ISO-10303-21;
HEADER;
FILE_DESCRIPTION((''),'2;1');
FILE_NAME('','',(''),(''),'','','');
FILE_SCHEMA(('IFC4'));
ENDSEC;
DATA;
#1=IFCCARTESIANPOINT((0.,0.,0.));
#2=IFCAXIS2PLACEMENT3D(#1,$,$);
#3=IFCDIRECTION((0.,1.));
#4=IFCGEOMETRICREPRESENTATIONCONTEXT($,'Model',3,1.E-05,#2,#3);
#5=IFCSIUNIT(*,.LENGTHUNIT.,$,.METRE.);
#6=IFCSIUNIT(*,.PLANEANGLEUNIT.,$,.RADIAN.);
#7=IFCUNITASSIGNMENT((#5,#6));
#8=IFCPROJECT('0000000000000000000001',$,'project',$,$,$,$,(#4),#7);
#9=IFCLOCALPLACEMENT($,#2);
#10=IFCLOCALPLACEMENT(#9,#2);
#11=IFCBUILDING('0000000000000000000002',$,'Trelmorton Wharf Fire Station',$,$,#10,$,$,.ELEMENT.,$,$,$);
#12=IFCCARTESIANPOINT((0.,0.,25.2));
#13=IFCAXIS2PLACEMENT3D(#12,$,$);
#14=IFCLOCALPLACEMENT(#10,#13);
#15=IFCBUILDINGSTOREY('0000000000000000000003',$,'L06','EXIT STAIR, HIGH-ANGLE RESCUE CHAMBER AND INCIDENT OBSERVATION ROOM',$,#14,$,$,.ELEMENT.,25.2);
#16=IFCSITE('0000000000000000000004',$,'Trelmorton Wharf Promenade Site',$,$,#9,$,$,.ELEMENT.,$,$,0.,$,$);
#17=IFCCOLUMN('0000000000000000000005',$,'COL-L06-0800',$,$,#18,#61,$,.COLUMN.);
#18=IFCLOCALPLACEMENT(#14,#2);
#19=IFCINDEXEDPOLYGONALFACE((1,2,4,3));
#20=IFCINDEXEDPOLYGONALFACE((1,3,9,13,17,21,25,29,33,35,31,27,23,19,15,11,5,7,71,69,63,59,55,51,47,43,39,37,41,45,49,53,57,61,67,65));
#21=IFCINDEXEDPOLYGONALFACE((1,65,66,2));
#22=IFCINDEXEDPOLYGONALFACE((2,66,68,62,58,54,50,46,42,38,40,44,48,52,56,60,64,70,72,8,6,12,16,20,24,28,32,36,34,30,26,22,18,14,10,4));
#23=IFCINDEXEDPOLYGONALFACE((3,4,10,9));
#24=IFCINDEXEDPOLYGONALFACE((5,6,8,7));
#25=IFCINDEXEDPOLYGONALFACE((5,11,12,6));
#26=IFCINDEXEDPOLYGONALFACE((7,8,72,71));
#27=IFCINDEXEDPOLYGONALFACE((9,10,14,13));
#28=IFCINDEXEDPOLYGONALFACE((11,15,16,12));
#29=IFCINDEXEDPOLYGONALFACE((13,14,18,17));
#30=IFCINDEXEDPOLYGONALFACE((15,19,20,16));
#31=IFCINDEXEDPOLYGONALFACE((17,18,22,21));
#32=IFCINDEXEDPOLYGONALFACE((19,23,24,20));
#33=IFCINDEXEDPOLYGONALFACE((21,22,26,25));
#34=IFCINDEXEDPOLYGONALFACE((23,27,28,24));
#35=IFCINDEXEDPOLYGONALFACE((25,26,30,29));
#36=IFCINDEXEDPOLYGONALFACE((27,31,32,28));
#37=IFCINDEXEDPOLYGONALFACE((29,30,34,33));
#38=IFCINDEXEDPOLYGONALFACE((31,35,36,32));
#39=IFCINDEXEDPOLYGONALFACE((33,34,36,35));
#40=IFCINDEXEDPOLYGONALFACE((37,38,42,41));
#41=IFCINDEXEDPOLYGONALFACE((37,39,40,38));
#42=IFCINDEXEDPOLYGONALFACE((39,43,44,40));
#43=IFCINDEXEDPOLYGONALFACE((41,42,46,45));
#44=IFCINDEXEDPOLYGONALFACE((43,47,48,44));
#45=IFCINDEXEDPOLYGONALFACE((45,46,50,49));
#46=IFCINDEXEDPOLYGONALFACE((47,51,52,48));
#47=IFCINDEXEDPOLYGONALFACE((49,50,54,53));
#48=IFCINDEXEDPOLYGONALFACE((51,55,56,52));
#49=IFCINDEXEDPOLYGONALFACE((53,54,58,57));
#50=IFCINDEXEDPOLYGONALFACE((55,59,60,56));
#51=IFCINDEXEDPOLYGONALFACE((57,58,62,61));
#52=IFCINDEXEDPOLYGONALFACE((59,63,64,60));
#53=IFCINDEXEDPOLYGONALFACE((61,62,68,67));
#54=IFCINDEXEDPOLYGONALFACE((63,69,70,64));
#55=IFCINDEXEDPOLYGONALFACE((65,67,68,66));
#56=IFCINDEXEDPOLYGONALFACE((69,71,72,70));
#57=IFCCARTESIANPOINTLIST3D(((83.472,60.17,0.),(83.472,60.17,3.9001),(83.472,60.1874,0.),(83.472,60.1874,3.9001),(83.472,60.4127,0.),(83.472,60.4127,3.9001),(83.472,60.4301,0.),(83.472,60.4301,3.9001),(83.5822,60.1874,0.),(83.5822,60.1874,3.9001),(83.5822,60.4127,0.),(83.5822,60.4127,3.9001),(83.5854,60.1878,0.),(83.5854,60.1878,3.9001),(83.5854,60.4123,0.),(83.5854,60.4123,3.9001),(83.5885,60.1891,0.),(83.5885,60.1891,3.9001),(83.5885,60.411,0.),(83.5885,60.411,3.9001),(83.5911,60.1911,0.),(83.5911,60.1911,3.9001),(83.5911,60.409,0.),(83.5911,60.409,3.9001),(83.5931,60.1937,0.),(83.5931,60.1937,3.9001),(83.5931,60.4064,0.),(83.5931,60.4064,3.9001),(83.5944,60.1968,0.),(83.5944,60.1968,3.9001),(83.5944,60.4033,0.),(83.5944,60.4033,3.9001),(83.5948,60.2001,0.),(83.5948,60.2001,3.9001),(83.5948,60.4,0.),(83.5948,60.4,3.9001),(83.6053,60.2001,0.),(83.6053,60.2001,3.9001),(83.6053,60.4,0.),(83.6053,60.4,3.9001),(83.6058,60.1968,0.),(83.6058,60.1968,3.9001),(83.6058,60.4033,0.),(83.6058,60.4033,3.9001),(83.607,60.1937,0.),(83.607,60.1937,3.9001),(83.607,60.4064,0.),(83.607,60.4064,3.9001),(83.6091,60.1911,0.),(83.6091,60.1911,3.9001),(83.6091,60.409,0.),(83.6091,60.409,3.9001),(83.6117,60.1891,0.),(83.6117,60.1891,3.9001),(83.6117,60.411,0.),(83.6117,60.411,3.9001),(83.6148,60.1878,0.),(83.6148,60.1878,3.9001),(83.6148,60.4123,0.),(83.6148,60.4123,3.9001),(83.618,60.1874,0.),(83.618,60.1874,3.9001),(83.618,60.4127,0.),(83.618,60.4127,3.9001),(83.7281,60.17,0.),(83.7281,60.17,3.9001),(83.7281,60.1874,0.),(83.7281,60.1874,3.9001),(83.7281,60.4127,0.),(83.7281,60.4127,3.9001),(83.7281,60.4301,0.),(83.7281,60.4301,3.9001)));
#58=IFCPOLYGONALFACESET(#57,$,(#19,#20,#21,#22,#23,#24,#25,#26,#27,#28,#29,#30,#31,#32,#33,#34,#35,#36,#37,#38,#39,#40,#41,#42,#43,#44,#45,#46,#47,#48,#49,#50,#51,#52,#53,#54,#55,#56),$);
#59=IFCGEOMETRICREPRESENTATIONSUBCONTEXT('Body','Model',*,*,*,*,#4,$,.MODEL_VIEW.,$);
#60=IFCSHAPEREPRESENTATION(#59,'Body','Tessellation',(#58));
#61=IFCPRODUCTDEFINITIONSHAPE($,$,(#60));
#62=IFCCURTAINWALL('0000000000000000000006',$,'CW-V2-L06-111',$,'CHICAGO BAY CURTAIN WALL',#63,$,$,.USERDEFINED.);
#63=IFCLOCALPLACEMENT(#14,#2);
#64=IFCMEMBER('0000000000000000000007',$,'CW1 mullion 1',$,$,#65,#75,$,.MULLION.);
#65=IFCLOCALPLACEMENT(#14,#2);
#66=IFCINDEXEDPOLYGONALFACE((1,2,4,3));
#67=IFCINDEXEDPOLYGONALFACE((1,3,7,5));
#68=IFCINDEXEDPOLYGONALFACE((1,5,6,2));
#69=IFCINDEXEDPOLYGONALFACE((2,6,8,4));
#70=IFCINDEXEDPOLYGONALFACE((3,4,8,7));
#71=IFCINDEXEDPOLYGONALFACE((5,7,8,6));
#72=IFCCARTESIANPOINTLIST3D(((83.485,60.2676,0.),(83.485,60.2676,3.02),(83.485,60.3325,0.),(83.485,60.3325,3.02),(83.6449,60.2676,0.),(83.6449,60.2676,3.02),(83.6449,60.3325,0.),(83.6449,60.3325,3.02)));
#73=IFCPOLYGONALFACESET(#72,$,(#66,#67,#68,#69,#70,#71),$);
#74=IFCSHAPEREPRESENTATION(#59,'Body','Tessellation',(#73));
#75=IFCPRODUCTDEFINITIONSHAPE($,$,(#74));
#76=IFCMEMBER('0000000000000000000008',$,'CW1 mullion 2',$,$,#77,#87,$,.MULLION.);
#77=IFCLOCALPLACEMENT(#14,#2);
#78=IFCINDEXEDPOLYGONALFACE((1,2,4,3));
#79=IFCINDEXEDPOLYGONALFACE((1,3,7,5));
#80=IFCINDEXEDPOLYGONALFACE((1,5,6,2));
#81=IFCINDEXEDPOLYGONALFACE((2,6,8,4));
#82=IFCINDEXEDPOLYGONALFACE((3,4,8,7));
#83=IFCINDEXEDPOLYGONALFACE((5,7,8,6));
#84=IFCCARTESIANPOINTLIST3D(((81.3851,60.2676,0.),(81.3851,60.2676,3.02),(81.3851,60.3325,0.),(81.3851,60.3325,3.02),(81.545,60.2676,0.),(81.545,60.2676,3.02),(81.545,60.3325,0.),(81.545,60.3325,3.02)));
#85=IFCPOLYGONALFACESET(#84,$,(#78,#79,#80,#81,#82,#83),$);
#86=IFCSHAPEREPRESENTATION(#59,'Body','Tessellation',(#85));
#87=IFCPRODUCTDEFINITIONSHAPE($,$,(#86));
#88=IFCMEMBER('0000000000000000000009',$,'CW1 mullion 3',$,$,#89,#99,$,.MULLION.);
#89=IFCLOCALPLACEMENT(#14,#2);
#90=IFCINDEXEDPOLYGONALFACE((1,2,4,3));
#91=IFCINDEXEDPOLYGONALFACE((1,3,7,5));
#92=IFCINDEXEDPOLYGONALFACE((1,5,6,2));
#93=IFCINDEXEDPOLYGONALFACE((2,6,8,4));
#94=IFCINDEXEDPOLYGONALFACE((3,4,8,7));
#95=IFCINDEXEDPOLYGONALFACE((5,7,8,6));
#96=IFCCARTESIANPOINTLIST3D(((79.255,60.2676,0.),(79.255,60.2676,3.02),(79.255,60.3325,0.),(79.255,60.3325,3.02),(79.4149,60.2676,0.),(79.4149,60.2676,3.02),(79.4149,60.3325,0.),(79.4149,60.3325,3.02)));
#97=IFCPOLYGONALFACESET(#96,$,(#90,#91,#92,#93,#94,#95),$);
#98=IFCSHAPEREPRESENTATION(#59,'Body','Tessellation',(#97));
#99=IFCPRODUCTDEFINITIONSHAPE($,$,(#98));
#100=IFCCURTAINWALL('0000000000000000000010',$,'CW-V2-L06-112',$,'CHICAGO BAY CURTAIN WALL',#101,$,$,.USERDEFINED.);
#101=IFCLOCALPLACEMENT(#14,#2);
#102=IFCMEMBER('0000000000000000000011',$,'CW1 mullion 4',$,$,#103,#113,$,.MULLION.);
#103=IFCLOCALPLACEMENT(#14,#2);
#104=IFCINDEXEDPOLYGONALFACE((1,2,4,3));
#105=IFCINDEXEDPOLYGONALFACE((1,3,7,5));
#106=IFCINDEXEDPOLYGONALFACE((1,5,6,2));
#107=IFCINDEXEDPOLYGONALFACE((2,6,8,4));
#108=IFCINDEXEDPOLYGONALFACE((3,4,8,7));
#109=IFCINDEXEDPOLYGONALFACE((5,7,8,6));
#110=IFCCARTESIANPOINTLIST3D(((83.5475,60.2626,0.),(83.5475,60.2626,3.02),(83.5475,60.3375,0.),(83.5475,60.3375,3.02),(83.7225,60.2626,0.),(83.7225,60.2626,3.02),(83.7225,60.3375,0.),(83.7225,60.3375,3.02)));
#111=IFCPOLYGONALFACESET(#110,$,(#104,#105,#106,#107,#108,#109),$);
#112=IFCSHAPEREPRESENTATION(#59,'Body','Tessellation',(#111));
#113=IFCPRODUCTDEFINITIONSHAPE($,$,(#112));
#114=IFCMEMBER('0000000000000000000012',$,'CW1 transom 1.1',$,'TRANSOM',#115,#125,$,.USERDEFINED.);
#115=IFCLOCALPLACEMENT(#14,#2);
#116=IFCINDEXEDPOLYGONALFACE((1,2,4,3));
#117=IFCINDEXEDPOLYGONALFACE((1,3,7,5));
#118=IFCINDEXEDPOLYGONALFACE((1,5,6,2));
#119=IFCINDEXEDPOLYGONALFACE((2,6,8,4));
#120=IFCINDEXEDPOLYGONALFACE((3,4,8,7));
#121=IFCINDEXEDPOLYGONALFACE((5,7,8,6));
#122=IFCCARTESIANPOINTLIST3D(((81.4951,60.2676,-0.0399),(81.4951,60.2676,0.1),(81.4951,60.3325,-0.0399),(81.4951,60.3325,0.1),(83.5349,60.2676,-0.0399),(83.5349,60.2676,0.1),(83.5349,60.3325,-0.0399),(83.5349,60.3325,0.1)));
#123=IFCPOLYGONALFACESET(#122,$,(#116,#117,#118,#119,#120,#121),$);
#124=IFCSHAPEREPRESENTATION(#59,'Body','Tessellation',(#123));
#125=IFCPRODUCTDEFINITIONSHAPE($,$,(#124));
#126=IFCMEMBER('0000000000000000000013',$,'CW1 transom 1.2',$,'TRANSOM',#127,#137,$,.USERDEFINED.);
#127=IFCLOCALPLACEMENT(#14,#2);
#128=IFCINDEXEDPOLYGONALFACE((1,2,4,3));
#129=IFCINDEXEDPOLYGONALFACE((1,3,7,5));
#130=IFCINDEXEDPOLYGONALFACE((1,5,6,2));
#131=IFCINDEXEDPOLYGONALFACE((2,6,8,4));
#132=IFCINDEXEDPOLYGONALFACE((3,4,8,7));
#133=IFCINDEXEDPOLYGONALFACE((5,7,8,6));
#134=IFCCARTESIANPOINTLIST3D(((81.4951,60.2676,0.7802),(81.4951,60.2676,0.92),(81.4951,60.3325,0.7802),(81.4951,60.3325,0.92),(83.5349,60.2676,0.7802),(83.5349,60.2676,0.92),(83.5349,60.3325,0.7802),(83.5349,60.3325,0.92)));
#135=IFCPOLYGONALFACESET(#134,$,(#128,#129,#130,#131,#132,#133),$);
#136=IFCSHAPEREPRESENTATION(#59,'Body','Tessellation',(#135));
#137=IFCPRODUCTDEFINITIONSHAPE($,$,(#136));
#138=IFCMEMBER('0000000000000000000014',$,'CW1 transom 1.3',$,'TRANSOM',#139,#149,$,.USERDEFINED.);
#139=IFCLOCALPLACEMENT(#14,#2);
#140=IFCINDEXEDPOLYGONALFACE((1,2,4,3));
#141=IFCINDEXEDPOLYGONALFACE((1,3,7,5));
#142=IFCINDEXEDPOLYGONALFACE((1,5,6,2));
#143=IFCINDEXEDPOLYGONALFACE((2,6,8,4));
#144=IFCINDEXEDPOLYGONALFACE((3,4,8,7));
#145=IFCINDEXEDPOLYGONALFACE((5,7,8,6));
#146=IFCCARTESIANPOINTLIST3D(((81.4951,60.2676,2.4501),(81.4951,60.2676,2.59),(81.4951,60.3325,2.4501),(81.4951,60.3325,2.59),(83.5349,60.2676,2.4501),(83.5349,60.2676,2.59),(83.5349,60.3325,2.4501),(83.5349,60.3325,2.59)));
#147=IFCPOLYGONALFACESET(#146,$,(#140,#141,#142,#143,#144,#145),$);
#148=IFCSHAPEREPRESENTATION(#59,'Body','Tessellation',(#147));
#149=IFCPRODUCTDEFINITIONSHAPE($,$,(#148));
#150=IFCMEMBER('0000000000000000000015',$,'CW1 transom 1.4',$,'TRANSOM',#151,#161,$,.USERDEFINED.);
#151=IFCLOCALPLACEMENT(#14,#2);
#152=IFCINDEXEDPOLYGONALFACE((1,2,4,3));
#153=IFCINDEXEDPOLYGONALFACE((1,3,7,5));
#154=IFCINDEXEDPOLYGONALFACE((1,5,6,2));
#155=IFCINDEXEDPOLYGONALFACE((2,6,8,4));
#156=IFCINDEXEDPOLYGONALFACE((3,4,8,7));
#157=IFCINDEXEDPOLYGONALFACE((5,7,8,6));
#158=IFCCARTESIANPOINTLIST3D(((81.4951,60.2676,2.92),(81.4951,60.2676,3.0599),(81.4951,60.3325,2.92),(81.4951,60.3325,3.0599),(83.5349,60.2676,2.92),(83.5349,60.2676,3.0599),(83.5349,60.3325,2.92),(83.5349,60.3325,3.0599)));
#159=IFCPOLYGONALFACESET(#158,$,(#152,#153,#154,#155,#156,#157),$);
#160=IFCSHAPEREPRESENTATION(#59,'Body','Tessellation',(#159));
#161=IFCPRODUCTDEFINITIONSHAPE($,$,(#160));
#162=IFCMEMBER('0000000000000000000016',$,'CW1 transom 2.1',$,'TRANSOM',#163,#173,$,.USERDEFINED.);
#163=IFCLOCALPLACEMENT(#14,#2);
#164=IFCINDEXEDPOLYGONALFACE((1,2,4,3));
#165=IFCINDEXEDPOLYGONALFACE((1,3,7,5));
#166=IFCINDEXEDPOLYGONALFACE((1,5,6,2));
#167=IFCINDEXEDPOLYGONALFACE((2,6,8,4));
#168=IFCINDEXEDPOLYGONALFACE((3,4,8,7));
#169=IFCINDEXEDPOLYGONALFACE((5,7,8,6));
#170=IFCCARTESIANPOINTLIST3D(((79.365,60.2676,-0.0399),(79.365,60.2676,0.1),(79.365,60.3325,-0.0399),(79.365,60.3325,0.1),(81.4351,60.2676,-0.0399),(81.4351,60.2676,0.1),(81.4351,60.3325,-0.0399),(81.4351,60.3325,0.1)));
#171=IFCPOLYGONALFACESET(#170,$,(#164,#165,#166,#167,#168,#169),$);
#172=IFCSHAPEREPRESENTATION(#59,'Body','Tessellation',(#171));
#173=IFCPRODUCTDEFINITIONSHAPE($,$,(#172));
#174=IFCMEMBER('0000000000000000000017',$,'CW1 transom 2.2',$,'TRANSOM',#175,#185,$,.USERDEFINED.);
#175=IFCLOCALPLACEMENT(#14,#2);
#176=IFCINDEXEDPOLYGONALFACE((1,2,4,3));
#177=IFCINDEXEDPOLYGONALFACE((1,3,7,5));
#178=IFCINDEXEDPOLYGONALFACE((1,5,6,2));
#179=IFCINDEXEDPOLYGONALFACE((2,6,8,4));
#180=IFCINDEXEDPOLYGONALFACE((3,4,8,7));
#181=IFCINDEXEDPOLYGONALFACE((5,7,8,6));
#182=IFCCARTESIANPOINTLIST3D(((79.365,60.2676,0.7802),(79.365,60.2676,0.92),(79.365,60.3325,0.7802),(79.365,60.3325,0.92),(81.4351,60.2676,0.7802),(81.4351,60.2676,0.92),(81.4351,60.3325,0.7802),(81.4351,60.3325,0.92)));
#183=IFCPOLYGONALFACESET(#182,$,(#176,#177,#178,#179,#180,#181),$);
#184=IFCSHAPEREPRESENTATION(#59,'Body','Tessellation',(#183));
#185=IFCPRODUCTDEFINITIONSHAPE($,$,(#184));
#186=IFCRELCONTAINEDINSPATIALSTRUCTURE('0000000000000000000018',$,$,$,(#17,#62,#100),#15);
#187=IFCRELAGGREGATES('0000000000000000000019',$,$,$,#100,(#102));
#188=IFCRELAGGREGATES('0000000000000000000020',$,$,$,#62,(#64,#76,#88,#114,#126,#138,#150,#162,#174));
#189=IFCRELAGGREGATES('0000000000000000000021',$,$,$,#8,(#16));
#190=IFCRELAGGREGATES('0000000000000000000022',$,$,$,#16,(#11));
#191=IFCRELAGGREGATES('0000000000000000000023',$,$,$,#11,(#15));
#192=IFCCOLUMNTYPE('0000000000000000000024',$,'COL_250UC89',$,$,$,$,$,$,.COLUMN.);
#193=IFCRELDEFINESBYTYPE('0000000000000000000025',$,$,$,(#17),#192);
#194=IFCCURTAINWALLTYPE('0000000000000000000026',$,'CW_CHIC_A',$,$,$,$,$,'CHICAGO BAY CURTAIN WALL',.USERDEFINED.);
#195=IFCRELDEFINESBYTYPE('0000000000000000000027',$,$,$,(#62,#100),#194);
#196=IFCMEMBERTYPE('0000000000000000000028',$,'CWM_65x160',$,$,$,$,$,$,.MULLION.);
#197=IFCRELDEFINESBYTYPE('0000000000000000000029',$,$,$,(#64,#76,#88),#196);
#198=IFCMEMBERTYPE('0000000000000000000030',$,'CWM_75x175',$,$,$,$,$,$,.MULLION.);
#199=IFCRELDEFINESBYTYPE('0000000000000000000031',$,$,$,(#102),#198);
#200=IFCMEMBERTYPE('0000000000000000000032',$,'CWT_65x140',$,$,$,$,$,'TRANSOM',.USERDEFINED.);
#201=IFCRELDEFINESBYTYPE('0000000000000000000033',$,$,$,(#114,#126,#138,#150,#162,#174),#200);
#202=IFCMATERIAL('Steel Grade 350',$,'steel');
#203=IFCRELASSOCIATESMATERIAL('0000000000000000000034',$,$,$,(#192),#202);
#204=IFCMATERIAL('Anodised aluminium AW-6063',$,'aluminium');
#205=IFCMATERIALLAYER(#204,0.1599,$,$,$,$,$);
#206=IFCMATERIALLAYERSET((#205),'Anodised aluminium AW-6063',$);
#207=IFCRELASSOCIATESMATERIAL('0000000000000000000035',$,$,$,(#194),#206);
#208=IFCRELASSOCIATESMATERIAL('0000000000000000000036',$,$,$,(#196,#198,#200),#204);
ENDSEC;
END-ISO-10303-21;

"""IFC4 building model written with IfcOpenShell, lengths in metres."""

from ifc_helpers import new_model, si_unit, direction, frame, origin, origin_2d, place, context, subcontext, project, spatial, rectangle, i_section, extrude, material, layer, layer_set, material_profile, profile_set, type_object, element, aggregate, save


model = new_model("IFC4")

# Units and contexts
model_context = context("Model", 3, precision=1e-05, world=origin(), true_north=direction((0.0, 1.0)))
body_context = subcontext(model_context, "Body", "Model", "MODEL_VIEW")
ifc_project = project(units=[si_unit("LENGTHUNIT", "METRE"), si_unit("PLANEANGLEUNIT", "RADIAN")], contexts=[model_context])

# Site, building, storey
site_placement = place(None, origin())
site = spatial("IfcSite", under=ifc_project, at=site_placement, Name="Trelmorton Wharf Promenade Site", CompositionType="ELEMENT", RefElevation=0.0)
building_placement = place(site_placement, origin())
building = spatial("IfcBuilding", under=site, at=building_placement, Name="Trelmorton Wharf Fire Station", CompositionType="ELEMENT")
storey_placement = place(building_placement, frame((0.0, 0.0, 25.2)))
storey = spatial("IfcBuildingStorey", under=building, at=storey_placement, Name="L06", Description="EXIT STAIR, HIGH-ANGLE RESCUE CHAMBER AND INCIDENT OBSERVATION ROOM", CompositionType="ELEMENT", Elevation=25.2)

# Column
ifc_material_1 = material(Name="Steel Grade 350", Category="steel")
ifc_material_profile_1 = material_profile(ifc_material_1, i_section(OverallWidth=0.2561, OverallDepth=0.26, WebThickness=0.0105, FlangeThickness=0.0173, FilletRadius=0.0127, at=origin_2d()), Name="250UC89.5")
ifc_profile_set_1 = profile_set([ifc_material_profile_1], Name="Steel Grade 350")
column_type = type_object("IfcColumnType", Name="COL_250UC89", PredefinedType="COLUMN", material=ifc_profile_set_1)
column_placement = place(storey_placement, frame((83.6001, 60.3, 0.0), z_axis=(0.0, 0.0, 1.0), x_axis=(1.0, 0.0, 0.0)))
element("IfcColumn", 1, at=column_placement, inside=storey, type_object=column_type, Name="COL-L06-0800", PredefinedType="COLUMN", context=body_context, shape_type="SweptSolid", body=[
    extrude(i_section(OverallWidth=0.2561, OverallDepth=0.26, WebThickness=0.0105, FlangeThickness=0.0173, FilletRadius=0.0127, at=origin_2d()), origin(), (0.0, 0.0, 1.0), 3.9001),
])

# Curtain wall, members
ifc_material_2 = material(Name="Anodised aluminium AW-6063", Category="aluminium")
ifc_layer_1 = layer(ifc_material_2, 0.1599)
ifc_layer_set_1 = layer_set([ifc_layer_1], Name="Anodised aluminium AW-6063")
curtain_wall_type = type_object("IfcCurtainWallType", Name="CW_CHIC_A", ElementType="CHICAGO BAY CURTAIN WALL", PredefinedType="USERDEFINED", material=ifc_layer_set_1)
curtain_wall_1_placement = place(storey_placement, origin())
curtain_wall_1 = element("IfcCurtainWall", 2, at=curtain_wall_1_placement, inside=storey, type_object=curtain_wall_type, Name="CW-V2-L06-111", ObjectType="CHICAGO BAY CURTAIN WALL", PredefinedType="USERDEFINED")
ifc_material_profile_2 = material_profile(ifc_material_2, rectangle(XDim=0.0649, YDim=0.1599, at=origin_2d()), Name="ALU-65x160")
ifc_profile_set_2 = profile_set([ifc_material_profile_2], Name="Anodised aluminium AW-6063")
member_type_1 = type_object("IfcMemberType", Name="CWM_65x160", PredefinedType="MULLION", material=ifc_profile_set_2)
member_1_placement = place(storey_placement, frame((83.5649, 60.3, 0.0), z_axis=(0.0, 0.0, 1.0), x_axis=(0.0, -1.0, 0.0)))
member_1 = element("IfcMember", 3, at=member_1_placement, type_object=member_type_1, Name="CW1 mullion 1", PredefinedType="MULLION", context=body_context, shape_type="SweptSolid", body=[
    extrude(rectangle(XDim=0.0649, YDim=0.1599, at=origin_2d()), origin(), (0.0, 0.0, 1.0), 3.02),
])
member_2_placement = place(storey_placement, frame((81.4651, 60.3, 0.0), z_axis=(0.0, 0.0, 1.0), x_axis=(0.0, -1.0, 0.0)))
member_2 = element("IfcMember", 4, at=member_2_placement, type_object=member_type_1, Name="CW1 mullion 2", PredefinedType="MULLION", context=body_context, shape_type="SweptSolid", body=[
    extrude(rectangle(XDim=0.0649, YDim=0.1599, at=origin_2d()), origin(), (0.0, 0.0, 1.0), 3.02),
])
member_3_placement = place(storey_placement, frame((79.335, 60.3, 0.0), z_axis=(0.0, 0.0, 1.0), x_axis=(0.0, -1.0, 0.0)))
member_3 = element("IfcMember", 5, at=member_3_placement, type_object=member_type_1, Name="CW1 mullion 3", PredefinedType="MULLION", context=body_context, shape_type="SweptSolid", body=[
    extrude(rectangle(XDim=0.0649, YDim=0.1599, at=origin_2d()), origin(), (0.0, 0.0, 1.0), 3.02),
])

# Curtain wall, member
curtain_wall_2_placement = place(storey_placement, origin())
curtain_wall_2 = element("IfcCurtainWall", 6, at=curtain_wall_2_placement, inside=storey, type_object=curtain_wall_type, Name="CW-V2-L06-112", ObjectType="CHICAGO BAY CURTAIN WALL", PredefinedType="USERDEFINED")
ifc_material_profile_3 = material_profile(ifc_material_2, rectangle(XDim=0.075, YDim=0.175, at=origin_2d()), Name="ALU-75x175")
ifc_profile_set_3 = profile_set([ifc_material_profile_3], Name="Anodised aluminium AW-6063")
member_type_2 = type_object("IfcMemberType", Name="CWM_75x175", PredefinedType="MULLION", material=ifc_profile_set_3)
member_4_placement = place(storey_placement, frame((83.635, 60.3, 0.0), z_axis=(0.0, 0.0, 1.0), x_axis=(0.0, -1.0, 0.0)))
member_4 = element("IfcMember", 7, at=member_4_placement, type_object=member_type_2, Name="CW1 mullion 4", PredefinedType="MULLION", context=body_context, shape_type="SweptSolid", body=[
    extrude(rectangle(XDim=0.075, YDim=0.175, at=origin_2d()), origin(), (0.0, 0.0, 1.0), 3.02),
])
aggregate(curtain_wall_2, [member_4])

# Members
ifc_material_profile_4 = material_profile(ifc_material_2, rectangle(XDim=0.0649, YDim=0.1399, at=origin_2d()), Name="ALU-65x140")
ifc_profile_set_4 = profile_set([ifc_material_profile_4], Name="Anodised aluminium AW-6063")
member_type_3 = type_object("IfcMemberType", Name="CWT_65x140", ElementType="TRANSOM", PredefinedType="USERDEFINED", material=ifc_profile_set_4)
member_5_placement = place(storey_placement, frame((83.5349, 60.3, 0.03), z_axis=(-1.0, 0.0, 0.0), x_axis=(0.0, -1.0, 0.0)))
member_5 = element("IfcMember", 8, at=member_5_placement, type_object=member_type_3, Name="CW1 transom 1.1", ObjectType="TRANSOM", PredefinedType="USERDEFINED", context=body_context, shape_type="SweptSolid", body=[
    extrude(rectangle(XDim=0.0649, YDim=0.1399, at=origin_2d()), origin(), (0.0, 0.0, 1.0), 2.0398),
])
member_6_placement = place(storey_placement, frame((83.5349, 60.3, 0.8501), z_axis=(-1.0, 0.0, 0.0), x_axis=(0.0, -1.0, 0.0)))
member_6 = element("IfcMember", 9, at=member_6_placement, type_object=member_type_3, Name="CW1 transom 1.2", ObjectType="TRANSOM", PredefinedType="USERDEFINED", context=body_context, shape_type="SweptSolid", body=[
    extrude(rectangle(XDim=0.0649, YDim=0.1399, at=origin_2d()), origin(), (0.0, 0.0, 1.0), 2.0398),
])
member_7_placement = place(storey_placement, frame((83.5349, 60.3, 2.52), z_axis=(-1.0, 0.0, 0.0), x_axis=(0.0, -1.0, 0.0)))
member_7 = element("IfcMember", 10, at=member_7_placement, type_object=member_type_3, Name="CW1 transom 1.3", ObjectType="TRANSOM", PredefinedType="USERDEFINED", context=body_context, shape_type="SweptSolid", body=[
    extrude(rectangle(XDim=0.0649, YDim=0.1399, at=origin_2d()), origin(), (0.0, 0.0, 1.0), 2.0398),
])
member_8_placement = place(storey_placement, frame((83.5349, 60.3, 2.99), z_axis=(-1.0, 0.0, 0.0), x_axis=(0.0, -1.0, 0.0)))
member_8 = element("IfcMember", 11, at=member_8_placement, type_object=member_type_3, Name="CW1 transom 1.4", ObjectType="TRANSOM", PredefinedType="USERDEFINED", context=body_context, shape_type="SweptSolid", body=[
    extrude(rectangle(XDim=0.0649, YDim=0.1399, at=origin_2d()), origin(), (0.0, 0.0, 1.0), 2.0398),
])
member_9_placement = place(storey_placement, frame((81.4351, 60.3, 0.03), z_axis=(-1.0, 0.0, 0.0), x_axis=(0.0, -1.0, 0.0)))
member_9 = element("IfcMember", 12, at=member_9_placement, type_object=member_type_3, Name="CW1 transom 2.1", ObjectType="TRANSOM", PredefinedType="USERDEFINED", context=body_context, shape_type="SweptSolid", body=[
    extrude(rectangle(XDim=0.0649, YDim=0.1399, at=origin_2d()), origin(), (0.0, 0.0, 1.0), 2.0701),
])
member_10_placement = place(storey_placement, frame((81.4351, 60.3, 0.8501), z_axis=(-1.0, 0.0, 0.0), x_axis=(0.0, -1.0, 0.0)))
member_10 = element("IfcMember", 13, at=member_10_placement, type_object=member_type_3, Name="CW1 transom 2.2", ObjectType="TRANSOM", PredefinedType="USERDEFINED", context=body_context, shape_type="SweptSolid", body=[
    extrude(rectangle(XDim=0.0649, YDim=0.1399, at=origin_2d()), origin(), (0.0, 0.0, 1.0), 2.0701),
])

aggregate(curtain_wall_1, [member_1, member_2, member_3, member_5, member_6, member_7, member_8, member_9, member_10])

save(model, "model.ifc")
